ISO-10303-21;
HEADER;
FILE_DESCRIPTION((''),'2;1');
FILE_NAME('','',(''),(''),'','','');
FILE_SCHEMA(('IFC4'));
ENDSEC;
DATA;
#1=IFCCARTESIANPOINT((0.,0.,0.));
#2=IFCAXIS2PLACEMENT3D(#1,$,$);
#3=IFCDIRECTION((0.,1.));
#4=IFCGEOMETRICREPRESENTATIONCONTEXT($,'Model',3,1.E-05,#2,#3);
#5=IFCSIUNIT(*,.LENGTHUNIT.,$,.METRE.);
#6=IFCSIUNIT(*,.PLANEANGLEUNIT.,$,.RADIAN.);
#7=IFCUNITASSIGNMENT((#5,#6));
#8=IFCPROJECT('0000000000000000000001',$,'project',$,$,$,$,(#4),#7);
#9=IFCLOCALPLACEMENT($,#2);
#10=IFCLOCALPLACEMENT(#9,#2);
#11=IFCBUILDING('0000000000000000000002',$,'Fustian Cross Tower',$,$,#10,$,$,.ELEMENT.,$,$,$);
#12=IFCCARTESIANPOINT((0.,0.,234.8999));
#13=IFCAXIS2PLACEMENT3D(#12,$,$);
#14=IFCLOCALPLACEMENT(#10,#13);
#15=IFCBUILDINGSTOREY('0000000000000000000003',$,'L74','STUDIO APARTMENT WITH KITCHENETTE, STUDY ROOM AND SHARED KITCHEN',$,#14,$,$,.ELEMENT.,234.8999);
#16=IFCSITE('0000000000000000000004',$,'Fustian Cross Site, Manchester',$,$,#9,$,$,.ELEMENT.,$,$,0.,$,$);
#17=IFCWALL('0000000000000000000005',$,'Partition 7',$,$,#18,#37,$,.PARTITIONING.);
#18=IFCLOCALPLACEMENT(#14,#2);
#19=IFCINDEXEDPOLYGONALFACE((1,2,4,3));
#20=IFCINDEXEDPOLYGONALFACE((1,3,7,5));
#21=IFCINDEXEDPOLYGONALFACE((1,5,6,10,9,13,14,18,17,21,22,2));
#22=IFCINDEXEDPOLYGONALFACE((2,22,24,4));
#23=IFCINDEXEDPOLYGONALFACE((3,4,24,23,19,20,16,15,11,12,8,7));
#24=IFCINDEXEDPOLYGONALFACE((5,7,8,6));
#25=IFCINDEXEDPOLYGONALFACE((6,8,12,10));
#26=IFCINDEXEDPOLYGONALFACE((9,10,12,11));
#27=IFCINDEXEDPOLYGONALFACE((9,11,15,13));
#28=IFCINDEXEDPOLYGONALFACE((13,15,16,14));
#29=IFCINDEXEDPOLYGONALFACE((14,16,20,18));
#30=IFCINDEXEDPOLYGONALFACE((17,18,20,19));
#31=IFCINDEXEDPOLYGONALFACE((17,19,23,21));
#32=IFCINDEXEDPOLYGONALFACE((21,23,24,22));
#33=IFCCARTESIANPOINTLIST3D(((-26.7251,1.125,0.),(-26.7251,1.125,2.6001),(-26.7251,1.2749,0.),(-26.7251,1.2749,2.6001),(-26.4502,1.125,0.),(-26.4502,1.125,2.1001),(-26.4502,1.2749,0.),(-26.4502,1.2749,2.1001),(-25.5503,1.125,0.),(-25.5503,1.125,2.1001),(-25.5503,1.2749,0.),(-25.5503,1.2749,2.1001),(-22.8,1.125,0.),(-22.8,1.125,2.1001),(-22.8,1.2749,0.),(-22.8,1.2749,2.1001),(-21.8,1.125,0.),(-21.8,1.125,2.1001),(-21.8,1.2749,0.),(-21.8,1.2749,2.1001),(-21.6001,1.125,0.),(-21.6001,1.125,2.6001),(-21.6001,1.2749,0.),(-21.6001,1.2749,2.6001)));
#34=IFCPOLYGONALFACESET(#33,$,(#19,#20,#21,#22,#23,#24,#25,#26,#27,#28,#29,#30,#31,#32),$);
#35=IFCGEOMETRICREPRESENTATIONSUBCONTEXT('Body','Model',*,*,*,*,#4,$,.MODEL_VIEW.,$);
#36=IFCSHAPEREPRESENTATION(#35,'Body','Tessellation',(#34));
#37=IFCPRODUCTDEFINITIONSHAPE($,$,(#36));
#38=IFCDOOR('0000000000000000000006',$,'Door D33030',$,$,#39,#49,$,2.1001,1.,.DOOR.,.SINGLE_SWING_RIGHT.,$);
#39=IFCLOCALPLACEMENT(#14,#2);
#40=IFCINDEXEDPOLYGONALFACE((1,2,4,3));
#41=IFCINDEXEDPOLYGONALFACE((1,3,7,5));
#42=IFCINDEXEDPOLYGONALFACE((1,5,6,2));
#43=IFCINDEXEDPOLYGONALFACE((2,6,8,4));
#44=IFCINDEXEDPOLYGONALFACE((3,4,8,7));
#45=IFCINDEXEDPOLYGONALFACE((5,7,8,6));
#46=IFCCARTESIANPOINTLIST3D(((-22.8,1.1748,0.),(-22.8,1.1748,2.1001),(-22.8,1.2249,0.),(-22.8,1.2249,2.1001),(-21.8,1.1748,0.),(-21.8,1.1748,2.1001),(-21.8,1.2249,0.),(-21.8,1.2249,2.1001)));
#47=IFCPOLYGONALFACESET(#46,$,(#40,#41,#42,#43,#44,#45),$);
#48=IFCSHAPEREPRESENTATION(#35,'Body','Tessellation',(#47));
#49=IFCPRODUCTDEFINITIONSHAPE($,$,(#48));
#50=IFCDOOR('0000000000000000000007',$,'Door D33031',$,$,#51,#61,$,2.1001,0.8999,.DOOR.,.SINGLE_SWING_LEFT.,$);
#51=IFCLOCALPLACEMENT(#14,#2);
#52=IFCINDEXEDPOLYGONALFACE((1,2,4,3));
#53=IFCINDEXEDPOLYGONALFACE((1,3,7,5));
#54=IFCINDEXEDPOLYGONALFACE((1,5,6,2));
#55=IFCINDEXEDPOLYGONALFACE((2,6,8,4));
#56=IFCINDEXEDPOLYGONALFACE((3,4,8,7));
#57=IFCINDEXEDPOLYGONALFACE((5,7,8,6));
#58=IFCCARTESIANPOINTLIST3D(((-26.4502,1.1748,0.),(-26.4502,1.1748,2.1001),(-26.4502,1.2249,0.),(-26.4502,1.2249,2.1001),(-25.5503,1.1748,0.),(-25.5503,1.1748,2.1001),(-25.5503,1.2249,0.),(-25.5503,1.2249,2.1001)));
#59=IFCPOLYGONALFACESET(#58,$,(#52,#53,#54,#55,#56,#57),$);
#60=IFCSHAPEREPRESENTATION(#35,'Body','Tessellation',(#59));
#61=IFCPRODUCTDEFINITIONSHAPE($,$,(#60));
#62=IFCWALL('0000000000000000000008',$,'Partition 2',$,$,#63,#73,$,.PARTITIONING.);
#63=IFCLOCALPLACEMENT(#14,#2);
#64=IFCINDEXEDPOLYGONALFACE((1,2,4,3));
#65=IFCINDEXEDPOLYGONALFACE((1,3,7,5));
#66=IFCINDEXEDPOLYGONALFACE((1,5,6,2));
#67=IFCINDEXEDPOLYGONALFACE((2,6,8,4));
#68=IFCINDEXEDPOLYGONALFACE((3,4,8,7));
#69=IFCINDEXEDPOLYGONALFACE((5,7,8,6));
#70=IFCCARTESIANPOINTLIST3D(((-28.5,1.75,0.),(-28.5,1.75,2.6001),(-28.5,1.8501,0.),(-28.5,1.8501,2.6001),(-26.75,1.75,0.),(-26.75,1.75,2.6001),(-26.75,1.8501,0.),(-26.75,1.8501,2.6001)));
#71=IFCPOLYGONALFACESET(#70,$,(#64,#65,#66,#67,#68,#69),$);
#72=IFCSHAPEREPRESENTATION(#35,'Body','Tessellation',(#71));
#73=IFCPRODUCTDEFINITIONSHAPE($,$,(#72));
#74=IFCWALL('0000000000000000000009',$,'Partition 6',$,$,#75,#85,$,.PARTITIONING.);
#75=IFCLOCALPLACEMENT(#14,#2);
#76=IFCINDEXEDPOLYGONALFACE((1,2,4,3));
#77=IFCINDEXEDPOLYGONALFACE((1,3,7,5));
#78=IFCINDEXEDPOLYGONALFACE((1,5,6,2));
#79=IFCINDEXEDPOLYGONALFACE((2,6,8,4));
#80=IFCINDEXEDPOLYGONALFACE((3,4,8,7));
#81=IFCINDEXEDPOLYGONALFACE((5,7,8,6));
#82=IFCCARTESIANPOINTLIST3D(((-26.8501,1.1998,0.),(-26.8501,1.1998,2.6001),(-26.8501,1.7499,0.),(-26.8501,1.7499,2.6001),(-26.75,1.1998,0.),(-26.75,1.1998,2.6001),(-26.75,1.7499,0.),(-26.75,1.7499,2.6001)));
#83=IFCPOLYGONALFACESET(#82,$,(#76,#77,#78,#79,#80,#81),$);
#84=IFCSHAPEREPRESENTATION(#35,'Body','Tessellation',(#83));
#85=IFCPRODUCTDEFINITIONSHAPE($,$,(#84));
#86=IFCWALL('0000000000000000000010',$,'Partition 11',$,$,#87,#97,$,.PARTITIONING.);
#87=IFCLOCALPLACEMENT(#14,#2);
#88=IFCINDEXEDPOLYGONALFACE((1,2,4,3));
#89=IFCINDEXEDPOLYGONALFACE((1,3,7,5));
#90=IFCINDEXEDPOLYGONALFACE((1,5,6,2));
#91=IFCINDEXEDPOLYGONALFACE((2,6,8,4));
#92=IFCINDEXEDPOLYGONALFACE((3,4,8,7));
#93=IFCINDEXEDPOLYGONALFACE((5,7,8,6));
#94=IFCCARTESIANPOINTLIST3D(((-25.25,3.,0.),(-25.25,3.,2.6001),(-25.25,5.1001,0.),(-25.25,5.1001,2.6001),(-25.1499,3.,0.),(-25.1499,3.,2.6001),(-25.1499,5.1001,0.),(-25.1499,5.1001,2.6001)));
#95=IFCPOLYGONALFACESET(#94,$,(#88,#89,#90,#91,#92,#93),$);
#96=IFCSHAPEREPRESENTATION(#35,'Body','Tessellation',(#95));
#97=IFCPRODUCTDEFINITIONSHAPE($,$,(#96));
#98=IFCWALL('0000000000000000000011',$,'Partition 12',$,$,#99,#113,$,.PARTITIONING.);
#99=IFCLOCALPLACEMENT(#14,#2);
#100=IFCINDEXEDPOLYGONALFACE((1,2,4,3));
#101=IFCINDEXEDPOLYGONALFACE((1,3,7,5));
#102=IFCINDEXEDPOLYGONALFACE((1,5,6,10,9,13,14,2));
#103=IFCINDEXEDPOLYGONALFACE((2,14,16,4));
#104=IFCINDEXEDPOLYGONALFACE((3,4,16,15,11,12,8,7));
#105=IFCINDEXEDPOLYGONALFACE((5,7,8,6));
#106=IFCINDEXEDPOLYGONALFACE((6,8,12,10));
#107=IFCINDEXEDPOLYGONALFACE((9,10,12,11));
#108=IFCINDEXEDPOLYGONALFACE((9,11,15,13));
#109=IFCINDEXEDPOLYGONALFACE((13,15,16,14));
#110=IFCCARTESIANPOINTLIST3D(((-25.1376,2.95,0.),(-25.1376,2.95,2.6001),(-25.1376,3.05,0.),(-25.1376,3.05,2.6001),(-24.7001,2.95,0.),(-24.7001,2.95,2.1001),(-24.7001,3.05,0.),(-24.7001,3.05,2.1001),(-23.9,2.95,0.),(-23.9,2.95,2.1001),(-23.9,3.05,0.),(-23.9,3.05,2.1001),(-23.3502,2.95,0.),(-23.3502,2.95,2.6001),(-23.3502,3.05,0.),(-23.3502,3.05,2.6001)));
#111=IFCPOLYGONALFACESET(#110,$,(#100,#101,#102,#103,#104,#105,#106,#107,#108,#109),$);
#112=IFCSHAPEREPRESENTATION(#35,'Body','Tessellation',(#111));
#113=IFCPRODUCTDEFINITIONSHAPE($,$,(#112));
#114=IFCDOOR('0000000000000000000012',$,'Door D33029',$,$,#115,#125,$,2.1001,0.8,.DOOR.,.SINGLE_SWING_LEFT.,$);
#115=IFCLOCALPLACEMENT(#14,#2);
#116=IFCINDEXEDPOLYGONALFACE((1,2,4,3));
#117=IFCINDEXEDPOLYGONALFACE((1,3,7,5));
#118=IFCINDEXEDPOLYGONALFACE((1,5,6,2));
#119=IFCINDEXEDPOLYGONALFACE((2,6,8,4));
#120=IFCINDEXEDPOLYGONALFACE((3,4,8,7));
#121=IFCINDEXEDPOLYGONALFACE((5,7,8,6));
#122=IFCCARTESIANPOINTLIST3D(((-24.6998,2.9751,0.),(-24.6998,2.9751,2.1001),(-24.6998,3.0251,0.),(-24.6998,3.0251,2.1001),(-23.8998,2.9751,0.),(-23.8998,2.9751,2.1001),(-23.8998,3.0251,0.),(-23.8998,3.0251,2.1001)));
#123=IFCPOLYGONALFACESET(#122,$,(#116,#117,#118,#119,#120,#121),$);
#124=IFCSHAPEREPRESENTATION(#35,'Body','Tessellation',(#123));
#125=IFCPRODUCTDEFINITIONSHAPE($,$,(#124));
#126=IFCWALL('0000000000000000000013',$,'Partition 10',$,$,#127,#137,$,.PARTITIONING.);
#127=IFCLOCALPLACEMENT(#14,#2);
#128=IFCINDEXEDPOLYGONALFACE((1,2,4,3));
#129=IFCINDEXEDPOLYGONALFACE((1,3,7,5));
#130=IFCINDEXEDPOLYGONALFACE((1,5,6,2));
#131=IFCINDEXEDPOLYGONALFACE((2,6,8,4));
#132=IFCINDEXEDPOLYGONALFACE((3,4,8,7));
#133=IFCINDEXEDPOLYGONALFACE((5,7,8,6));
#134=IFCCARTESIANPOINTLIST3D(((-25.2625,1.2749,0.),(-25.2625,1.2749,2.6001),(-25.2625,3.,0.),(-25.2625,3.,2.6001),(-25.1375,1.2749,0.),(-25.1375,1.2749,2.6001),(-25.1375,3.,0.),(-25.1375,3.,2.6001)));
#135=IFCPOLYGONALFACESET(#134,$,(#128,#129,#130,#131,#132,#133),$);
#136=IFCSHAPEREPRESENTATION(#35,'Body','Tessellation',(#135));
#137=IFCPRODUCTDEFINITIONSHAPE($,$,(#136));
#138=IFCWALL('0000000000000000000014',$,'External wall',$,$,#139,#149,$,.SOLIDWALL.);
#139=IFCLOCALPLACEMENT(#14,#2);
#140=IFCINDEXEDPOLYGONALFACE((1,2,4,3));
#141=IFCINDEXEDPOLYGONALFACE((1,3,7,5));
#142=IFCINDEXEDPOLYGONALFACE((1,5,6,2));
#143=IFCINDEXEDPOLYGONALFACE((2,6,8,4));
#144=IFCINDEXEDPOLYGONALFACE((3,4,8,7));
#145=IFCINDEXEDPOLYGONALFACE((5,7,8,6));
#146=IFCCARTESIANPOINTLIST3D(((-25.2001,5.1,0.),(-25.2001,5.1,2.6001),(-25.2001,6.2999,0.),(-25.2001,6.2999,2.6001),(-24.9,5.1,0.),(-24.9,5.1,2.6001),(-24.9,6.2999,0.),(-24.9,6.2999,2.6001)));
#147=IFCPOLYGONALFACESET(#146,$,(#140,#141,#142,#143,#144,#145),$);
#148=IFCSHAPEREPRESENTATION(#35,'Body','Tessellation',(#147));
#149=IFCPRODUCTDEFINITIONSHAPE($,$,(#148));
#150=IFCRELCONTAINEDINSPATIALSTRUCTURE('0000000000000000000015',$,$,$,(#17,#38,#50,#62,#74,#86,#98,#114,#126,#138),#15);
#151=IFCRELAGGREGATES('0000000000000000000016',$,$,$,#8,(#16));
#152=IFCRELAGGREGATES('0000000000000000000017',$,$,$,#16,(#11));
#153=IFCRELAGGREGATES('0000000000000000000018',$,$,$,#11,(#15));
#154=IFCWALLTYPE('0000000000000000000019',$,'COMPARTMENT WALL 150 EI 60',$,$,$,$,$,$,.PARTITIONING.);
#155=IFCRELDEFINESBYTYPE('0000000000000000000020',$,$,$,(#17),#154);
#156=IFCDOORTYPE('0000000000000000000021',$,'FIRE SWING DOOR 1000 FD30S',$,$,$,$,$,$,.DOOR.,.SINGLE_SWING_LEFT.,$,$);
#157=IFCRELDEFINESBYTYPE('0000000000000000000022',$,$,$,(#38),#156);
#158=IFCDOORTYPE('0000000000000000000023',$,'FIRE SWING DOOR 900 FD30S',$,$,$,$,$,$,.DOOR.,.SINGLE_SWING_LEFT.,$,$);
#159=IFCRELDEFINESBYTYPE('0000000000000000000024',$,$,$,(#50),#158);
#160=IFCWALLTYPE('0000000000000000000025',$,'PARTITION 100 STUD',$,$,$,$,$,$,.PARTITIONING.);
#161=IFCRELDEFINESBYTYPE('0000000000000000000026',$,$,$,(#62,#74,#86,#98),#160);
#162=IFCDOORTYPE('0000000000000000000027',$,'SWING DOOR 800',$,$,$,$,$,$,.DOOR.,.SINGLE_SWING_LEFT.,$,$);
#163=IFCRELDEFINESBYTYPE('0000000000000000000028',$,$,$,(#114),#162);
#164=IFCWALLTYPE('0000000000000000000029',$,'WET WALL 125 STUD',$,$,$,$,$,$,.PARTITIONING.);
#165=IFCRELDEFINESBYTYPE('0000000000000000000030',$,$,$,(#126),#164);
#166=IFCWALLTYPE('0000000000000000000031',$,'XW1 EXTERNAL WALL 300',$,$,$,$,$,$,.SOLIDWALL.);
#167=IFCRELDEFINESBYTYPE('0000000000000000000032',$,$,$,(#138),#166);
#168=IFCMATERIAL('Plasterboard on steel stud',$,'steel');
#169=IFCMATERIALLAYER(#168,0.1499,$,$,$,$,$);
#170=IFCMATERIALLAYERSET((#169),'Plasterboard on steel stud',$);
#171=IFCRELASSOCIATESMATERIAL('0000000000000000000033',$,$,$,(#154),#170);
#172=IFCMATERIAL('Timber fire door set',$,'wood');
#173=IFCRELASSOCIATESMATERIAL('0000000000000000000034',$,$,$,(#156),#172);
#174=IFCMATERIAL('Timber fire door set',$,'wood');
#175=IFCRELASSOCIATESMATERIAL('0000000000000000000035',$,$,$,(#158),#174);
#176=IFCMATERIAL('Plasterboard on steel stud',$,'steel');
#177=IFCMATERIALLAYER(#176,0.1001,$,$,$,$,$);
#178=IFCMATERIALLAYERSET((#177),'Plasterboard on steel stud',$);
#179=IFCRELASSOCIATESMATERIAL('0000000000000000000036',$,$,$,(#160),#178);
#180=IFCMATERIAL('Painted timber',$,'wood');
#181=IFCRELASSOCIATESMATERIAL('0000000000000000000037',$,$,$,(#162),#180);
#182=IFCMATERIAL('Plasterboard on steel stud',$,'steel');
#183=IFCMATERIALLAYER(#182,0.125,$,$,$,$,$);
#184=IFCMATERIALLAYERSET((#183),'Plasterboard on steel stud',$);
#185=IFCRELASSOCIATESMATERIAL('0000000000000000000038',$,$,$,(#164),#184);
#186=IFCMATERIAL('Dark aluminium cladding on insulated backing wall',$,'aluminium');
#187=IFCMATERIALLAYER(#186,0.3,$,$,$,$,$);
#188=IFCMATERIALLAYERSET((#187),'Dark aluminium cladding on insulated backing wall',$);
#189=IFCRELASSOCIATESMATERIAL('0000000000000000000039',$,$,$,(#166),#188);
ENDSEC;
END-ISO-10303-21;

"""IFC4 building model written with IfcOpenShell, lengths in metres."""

from ifc_helpers import new_model, si_unit, direction, frame, frame_2d, origin, place, context, subcontext, project, spatial, rectangle, extrude, material, layer, layer_set, type_object, element, fill, save


model = new_model("IFC4")

# Units and contexts
model_context = context("Model", 3, precision=1e-05, world=origin(), true_north=direction((0.0, 1.0)))
body_context = subcontext(model_context, "Body", "Model", "MODEL_VIEW")
ifc_project = project(units=[si_unit("LENGTHUNIT", "METRE"), si_unit("PLANEANGLEUNIT", "RADIAN")], contexts=[model_context])

# Site, building, storey
site_placement = place(None, origin())
site = spatial("IfcSite", under=ifc_project, at=site_placement, Name="Fustian Cross Site, Manchester", CompositionType="ELEMENT", RefElevation=0.0)
building_placement = place(site_placement, origin())
building = spatial("IfcBuilding", under=site, at=building_placement, Name="Fustian Cross Tower", CompositionType="ELEMENT")
storey_placement = place(building_placement, frame((0.0, 0.0, 234.8999)))
storey = spatial("IfcBuildingStorey", under=building, at=storey_placement, Name="L74", Description="STUDIO APARTMENT WITH KITCHENETTE, STUDY ROOM AND SHARED KITCHEN", CompositionType="ELEMENT", Elevation=234.8999)

# Wall, openings, doors
ifc_material_1 = material(Name="Plasterboard on steel stud", Category="steel")
ifc_layer_1 = layer(ifc_material_1, 0.1499)
ifc_layer_set_1 = layer_set([ifc_layer_1], Name="Plasterboard on steel stud")
wall_type_1 = type_object("IfcWallType", Name="COMPARTMENT WALL 150 EI 60", PredefinedType="PARTITIONING", material=ifc_layer_set_1)
wall_1_placement = place(storey_placement, frame((-26.7251, 1.2, 0.0), z_axis=(0.0, 0.0, 1.0), x_axis=(1.0, 0.0, 0.0)))
wall_1 = element("IfcWall", 1, at=wall_1_placement, inside=storey, type_object=wall_type_1, Name="Partition 7", PredefinedType="PARTITIONING", context=body_context, shape_type="SweptSolid", body=[
    extrude(rectangle(XDim=5.125, YDim=0.1499, at=frame_2d((2.5625, 0.0))), origin(), (0.0, 0.0, 1.0), 2.6001),
])
opening_1_placement = place(wall_1_placement, frame((3.925, 0.0, 0.0)))
opening_1 = element("IfcOpeningElement", 2, at=opening_1_placement, cuts=wall_1, PredefinedType="OPENING", context=body_context, shape_type="SweptSolid", body=[
    extrude(rectangle(XDim=1.0, YDim=2.1001, at=frame_2d((0.5, 1.05))), frame((0.0, 0.085, 0.0), z_axis=(0.0, -1.0, 0.0), x_axis=(1.0, 0.0, 0.0)), (0.0, 0.0, 1.0), 0.1699),
])
opening_2_placement = place(wall_1_placement, frame((0.2749, 0.0, 0.0)))
opening_2 = element("IfcOpeningElement", 3, at=opening_2_placement, cuts=wall_1, PredefinedType="OPENING", context=body_context, shape_type="SweptSolid", body=[
    extrude(rectangle(XDim=0.8999, YDim=2.1001, at=frame_2d((0.45, 1.05))), frame((0.0, 0.085, 0.0), z_axis=(0.0, -1.0, 0.0), x_axis=(1.0, 0.0, 0.0)), (0.0, 0.0, 1.0), 0.1699),
])
ifc_material_2 = material(Name="Timber fire door set", Category="wood")
door_type_1 = type_object("IfcDoorType", Name="FIRE SWING DOOR 1000 FD30S", OperationType="SINGLE_SWING_LEFT", PredefinedType="DOOR", material=ifc_material_2)
door_1_placement = place(opening_1_placement, origin())
door_1 = element("IfcDoor", 4, at=door_1_placement, inside=storey, type_object=door_type_1, Name="Door D33030", OperationType="SINGLE_SWING_RIGHT", OverallHeight=2.1001, OverallWidth=1.0, PredefinedType="DOOR", context=body_context, shape_type="SweptSolid", body=[
    extrude(rectangle(XDim=1.0, YDim=2.1001, at=frame_2d((0.5, 1.05))), frame((0.0, 0.0249, 0.0), z_axis=(0.0, -1.0, 0.0), x_axis=(1.0, 0.0, 0.0)), (0.0, 0.0, 1.0), 0.05),
])
fill(opening_1, door_1)
ifc_material_3 = material(Name="Timber fire door set", Category="wood")
door_type_2 = type_object("IfcDoorType", Name="FIRE SWING DOOR 900 FD30S", OperationType="SINGLE_SWING_LEFT", PredefinedType="DOOR", material=ifc_material_3)
door_2_placement = place(opening_2_placement, origin())
door_2 = element("IfcDoor", 5, at=door_2_placement, inside=storey, type_object=door_type_2, Name="Door D33031", OperationType="SINGLE_SWING_LEFT", OverallHeight=2.1001, OverallWidth=0.8999, PredefinedType="DOOR", context=body_context, shape_type="SweptSolid", body=[
    extrude(rectangle(XDim=0.8999, YDim=2.1001, at=frame_2d((0.45, 1.05))), frame((0.0, 0.0249, 0.0), z_axis=(0.0, -1.0, 0.0), x_axis=(1.0, 0.0, 0.0)), (0.0, 0.0, 1.0), 0.05),
])
fill(opening_2, door_2)

# Walls
ifc_material_4 = material(Name="Plasterboard on steel stud", Category="steel")
ifc_layer_2 = layer(ifc_material_4, 0.1001)
ifc_layer_set_2 = layer_set([ifc_layer_2], Name="Plasterboard on steel stud")
wall_type_2 = type_object("IfcWallType", Name="PARTITION 100 STUD", PredefinedType="PARTITIONING", material=ifc_layer_set_2)
wall_2_placement = place(storey_placement, frame((-28.5, 1.8, 0.0), z_axis=(0.0, 0.0, 1.0), x_axis=(1.0, 0.0, 0.0)))
element("IfcWall", 6, at=wall_2_placement, inside=storey, type_object=wall_type_2, Name="Partition 2", PredefinedType="PARTITIONING", context=body_context, shape_type="SweptSolid", body=[
    extrude(rectangle(XDim=1.75, YDim=0.1001, at=frame_2d((0.875, 0.0))), origin(), (0.0, 0.0, 1.0), 2.6001),
])
wall_3_placement = place(storey_placement, frame((-26.8, 1.2, 0.0), z_axis=(0.0, 0.0, 1.0), x_axis=(0.0, 1.0, 0.0)))
element("IfcWall", 7, at=wall_3_placement, inside=storey, type_object=wall_type_2, Name="Partition 6", PredefinedType="PARTITIONING", context=body_context, shape_type="SweptSolid", body=[
    extrude(rectangle(XDim=0.55, YDim=0.1001, at=frame_2d((0.2749, 0.0))), origin(), (0.0, 0.0, 1.0), 2.6001),
])
wall_4_placement = place(storey_placement, frame((-25.2, 3.0, 0.0), z_axis=(0.0, 0.0, 1.0), x_axis=(0.0, 1.0, 0.0)))
element("IfcWall", 8, at=wall_4_placement, inside=storey, type_object=wall_type_2, Name="Partition 11", PredefinedType="PARTITIONING", context=body_context, shape_type="SweptSolid", body=[
    extrude(rectangle(XDim=2.1001, YDim=0.1001, at=frame_2d((1.05, 0.0))), origin(), (0.0, 0.0, 1.0), 2.6001),
])

# Wall, opening, door
wall_5_placement = place(storey_placement, frame((-25.1375, 3.0, 0.0), z_axis=(0.0, 0.0, 1.0), x_axis=(1.0, 0.0, 0.0)))
wall_5 = element("IfcWall", 9, at=wall_5_placement, inside=storey, type_object=wall_type_2, Name="Partition 12", PredefinedType="PARTITIONING", context=body_context, shape_type="SweptSolid", body=[
    extrude(rectangle(XDim=1.7874, YDim=0.1001, at=frame_2d((0.8936, 0.0))), origin(), (0.0, 0.0, 1.0), 2.6001),
])
opening_3_placement = place(wall_5_placement, frame((0.4375, 0.0, 0.0)))
opening_3 = element("IfcOpeningElement", 10, at=opening_3_placement, cuts=wall_5, PredefinedType="OPENING", context=body_context, shape_type="SweptSolid", body=[
    extrude(rectangle(XDim=0.8, YDim=2.1001, at=frame_2d((0.3999, 1.05))), frame((0.0, 0.0601, 0.0), z_axis=(0.0, -1.0, 0.0), x_axis=(1.0, 0.0, 0.0)), (0.0, 0.0, 1.0), 0.1201),
])
ifc_material_5 = material(Name="Painted timber", Category="wood")
door_type_3 = type_object("IfcDoorType", Name="SWING DOOR 800", OperationType="SINGLE_SWING_LEFT", PredefinedType="DOOR", material=ifc_material_5)
door_3_placement = place(opening_3_placement, frame((0.8, 0.0, 0.0), z_axis=(0.0, 0.0, 1.0), x_axis=(-1.0, 0.0, 0.0)))
door_3 = element("IfcDoor", 11, at=door_3_placement, inside=storey, type_object=door_type_3, Name="Door D33029", OperationType="SINGLE_SWING_LEFT", OverallHeight=2.1001, OverallWidth=0.8, PredefinedType="DOOR", context=body_context, shape_type="SweptSolid", body=[
    extrude(rectangle(XDim=0.8, YDim=2.1001, at=frame_2d((0.3999, 1.05))), frame((0.0, 0.0249, 0.0), z_axis=(0.0, -1.0, 0.0), x_axis=(1.0, 0.0, 0.0)), (0.0, 0.0, 1.0), 0.05),
])
fill(opening_3, door_3)

# Walls
ifc_material_6 = material(Name="Plasterboard on steel stud", Category="steel")
ifc_layer_3 = layer(ifc_material_6, 0.125)
ifc_layer_set_3 = layer_set([ifc_layer_3], Name="Plasterboard on steel stud")
wall_type_3 = type_object("IfcWallType", Name="WET WALL 125 STUD", PredefinedType="PARTITIONING", material=ifc_layer_set_3)
wall_6_placement = place(storey_placement, frame((-25.2, 1.2749, 0.0), z_axis=(0.0, 0.0, 1.0), x_axis=(0.0, 1.0, 0.0)))
element("IfcWall", 12, at=wall_6_placement, inside=storey, type_object=wall_type_3, Name="Partition 10", PredefinedType="PARTITIONING", context=body_context, shape_type="SweptSolid", body=[
    extrude(rectangle(XDim=1.7251, YDim=0.125, at=frame_2d((0.8625, 0.0))), origin(), (0.0, 0.0, 1.0), 2.6001),
])
ifc_material_7 = material(Name="Dark aluminium cladding on insulated backing wall", Category="aluminium")
ifc_layer_4 = layer(ifc_material_7, 0.3)
ifc_layer_set_4 = layer_set([ifc_layer_4], Name="Dark aluminium cladding on insulated backing wall")
wall_type_4 = type_object("IfcWallType", Name="XW1 EXTERNAL WALL 300", PredefinedType="SOLIDWALL", material=ifc_layer_set_4)
wall_7_placement = place(storey_placement, frame((-25.05, 6.3, 0.0), z_axis=(0.0, 0.0, 1.0), x_axis=(0.0, -1.0, 0.0)))
element("IfcWall", 13, at=wall_7_placement, inside=storey, type_object=wall_type_4, Name="External wall", PredefinedType="SOLIDWALL", context=body_context, shape_type="SweptSolid", body=[
    extrude(rectangle(XDim=1.2, YDim=0.3, at=frame_2d((0.6001, 0.0))), origin(), (0.0, 0.0, 1.0), 2.6001),
])

save(model, "model.ifc")
